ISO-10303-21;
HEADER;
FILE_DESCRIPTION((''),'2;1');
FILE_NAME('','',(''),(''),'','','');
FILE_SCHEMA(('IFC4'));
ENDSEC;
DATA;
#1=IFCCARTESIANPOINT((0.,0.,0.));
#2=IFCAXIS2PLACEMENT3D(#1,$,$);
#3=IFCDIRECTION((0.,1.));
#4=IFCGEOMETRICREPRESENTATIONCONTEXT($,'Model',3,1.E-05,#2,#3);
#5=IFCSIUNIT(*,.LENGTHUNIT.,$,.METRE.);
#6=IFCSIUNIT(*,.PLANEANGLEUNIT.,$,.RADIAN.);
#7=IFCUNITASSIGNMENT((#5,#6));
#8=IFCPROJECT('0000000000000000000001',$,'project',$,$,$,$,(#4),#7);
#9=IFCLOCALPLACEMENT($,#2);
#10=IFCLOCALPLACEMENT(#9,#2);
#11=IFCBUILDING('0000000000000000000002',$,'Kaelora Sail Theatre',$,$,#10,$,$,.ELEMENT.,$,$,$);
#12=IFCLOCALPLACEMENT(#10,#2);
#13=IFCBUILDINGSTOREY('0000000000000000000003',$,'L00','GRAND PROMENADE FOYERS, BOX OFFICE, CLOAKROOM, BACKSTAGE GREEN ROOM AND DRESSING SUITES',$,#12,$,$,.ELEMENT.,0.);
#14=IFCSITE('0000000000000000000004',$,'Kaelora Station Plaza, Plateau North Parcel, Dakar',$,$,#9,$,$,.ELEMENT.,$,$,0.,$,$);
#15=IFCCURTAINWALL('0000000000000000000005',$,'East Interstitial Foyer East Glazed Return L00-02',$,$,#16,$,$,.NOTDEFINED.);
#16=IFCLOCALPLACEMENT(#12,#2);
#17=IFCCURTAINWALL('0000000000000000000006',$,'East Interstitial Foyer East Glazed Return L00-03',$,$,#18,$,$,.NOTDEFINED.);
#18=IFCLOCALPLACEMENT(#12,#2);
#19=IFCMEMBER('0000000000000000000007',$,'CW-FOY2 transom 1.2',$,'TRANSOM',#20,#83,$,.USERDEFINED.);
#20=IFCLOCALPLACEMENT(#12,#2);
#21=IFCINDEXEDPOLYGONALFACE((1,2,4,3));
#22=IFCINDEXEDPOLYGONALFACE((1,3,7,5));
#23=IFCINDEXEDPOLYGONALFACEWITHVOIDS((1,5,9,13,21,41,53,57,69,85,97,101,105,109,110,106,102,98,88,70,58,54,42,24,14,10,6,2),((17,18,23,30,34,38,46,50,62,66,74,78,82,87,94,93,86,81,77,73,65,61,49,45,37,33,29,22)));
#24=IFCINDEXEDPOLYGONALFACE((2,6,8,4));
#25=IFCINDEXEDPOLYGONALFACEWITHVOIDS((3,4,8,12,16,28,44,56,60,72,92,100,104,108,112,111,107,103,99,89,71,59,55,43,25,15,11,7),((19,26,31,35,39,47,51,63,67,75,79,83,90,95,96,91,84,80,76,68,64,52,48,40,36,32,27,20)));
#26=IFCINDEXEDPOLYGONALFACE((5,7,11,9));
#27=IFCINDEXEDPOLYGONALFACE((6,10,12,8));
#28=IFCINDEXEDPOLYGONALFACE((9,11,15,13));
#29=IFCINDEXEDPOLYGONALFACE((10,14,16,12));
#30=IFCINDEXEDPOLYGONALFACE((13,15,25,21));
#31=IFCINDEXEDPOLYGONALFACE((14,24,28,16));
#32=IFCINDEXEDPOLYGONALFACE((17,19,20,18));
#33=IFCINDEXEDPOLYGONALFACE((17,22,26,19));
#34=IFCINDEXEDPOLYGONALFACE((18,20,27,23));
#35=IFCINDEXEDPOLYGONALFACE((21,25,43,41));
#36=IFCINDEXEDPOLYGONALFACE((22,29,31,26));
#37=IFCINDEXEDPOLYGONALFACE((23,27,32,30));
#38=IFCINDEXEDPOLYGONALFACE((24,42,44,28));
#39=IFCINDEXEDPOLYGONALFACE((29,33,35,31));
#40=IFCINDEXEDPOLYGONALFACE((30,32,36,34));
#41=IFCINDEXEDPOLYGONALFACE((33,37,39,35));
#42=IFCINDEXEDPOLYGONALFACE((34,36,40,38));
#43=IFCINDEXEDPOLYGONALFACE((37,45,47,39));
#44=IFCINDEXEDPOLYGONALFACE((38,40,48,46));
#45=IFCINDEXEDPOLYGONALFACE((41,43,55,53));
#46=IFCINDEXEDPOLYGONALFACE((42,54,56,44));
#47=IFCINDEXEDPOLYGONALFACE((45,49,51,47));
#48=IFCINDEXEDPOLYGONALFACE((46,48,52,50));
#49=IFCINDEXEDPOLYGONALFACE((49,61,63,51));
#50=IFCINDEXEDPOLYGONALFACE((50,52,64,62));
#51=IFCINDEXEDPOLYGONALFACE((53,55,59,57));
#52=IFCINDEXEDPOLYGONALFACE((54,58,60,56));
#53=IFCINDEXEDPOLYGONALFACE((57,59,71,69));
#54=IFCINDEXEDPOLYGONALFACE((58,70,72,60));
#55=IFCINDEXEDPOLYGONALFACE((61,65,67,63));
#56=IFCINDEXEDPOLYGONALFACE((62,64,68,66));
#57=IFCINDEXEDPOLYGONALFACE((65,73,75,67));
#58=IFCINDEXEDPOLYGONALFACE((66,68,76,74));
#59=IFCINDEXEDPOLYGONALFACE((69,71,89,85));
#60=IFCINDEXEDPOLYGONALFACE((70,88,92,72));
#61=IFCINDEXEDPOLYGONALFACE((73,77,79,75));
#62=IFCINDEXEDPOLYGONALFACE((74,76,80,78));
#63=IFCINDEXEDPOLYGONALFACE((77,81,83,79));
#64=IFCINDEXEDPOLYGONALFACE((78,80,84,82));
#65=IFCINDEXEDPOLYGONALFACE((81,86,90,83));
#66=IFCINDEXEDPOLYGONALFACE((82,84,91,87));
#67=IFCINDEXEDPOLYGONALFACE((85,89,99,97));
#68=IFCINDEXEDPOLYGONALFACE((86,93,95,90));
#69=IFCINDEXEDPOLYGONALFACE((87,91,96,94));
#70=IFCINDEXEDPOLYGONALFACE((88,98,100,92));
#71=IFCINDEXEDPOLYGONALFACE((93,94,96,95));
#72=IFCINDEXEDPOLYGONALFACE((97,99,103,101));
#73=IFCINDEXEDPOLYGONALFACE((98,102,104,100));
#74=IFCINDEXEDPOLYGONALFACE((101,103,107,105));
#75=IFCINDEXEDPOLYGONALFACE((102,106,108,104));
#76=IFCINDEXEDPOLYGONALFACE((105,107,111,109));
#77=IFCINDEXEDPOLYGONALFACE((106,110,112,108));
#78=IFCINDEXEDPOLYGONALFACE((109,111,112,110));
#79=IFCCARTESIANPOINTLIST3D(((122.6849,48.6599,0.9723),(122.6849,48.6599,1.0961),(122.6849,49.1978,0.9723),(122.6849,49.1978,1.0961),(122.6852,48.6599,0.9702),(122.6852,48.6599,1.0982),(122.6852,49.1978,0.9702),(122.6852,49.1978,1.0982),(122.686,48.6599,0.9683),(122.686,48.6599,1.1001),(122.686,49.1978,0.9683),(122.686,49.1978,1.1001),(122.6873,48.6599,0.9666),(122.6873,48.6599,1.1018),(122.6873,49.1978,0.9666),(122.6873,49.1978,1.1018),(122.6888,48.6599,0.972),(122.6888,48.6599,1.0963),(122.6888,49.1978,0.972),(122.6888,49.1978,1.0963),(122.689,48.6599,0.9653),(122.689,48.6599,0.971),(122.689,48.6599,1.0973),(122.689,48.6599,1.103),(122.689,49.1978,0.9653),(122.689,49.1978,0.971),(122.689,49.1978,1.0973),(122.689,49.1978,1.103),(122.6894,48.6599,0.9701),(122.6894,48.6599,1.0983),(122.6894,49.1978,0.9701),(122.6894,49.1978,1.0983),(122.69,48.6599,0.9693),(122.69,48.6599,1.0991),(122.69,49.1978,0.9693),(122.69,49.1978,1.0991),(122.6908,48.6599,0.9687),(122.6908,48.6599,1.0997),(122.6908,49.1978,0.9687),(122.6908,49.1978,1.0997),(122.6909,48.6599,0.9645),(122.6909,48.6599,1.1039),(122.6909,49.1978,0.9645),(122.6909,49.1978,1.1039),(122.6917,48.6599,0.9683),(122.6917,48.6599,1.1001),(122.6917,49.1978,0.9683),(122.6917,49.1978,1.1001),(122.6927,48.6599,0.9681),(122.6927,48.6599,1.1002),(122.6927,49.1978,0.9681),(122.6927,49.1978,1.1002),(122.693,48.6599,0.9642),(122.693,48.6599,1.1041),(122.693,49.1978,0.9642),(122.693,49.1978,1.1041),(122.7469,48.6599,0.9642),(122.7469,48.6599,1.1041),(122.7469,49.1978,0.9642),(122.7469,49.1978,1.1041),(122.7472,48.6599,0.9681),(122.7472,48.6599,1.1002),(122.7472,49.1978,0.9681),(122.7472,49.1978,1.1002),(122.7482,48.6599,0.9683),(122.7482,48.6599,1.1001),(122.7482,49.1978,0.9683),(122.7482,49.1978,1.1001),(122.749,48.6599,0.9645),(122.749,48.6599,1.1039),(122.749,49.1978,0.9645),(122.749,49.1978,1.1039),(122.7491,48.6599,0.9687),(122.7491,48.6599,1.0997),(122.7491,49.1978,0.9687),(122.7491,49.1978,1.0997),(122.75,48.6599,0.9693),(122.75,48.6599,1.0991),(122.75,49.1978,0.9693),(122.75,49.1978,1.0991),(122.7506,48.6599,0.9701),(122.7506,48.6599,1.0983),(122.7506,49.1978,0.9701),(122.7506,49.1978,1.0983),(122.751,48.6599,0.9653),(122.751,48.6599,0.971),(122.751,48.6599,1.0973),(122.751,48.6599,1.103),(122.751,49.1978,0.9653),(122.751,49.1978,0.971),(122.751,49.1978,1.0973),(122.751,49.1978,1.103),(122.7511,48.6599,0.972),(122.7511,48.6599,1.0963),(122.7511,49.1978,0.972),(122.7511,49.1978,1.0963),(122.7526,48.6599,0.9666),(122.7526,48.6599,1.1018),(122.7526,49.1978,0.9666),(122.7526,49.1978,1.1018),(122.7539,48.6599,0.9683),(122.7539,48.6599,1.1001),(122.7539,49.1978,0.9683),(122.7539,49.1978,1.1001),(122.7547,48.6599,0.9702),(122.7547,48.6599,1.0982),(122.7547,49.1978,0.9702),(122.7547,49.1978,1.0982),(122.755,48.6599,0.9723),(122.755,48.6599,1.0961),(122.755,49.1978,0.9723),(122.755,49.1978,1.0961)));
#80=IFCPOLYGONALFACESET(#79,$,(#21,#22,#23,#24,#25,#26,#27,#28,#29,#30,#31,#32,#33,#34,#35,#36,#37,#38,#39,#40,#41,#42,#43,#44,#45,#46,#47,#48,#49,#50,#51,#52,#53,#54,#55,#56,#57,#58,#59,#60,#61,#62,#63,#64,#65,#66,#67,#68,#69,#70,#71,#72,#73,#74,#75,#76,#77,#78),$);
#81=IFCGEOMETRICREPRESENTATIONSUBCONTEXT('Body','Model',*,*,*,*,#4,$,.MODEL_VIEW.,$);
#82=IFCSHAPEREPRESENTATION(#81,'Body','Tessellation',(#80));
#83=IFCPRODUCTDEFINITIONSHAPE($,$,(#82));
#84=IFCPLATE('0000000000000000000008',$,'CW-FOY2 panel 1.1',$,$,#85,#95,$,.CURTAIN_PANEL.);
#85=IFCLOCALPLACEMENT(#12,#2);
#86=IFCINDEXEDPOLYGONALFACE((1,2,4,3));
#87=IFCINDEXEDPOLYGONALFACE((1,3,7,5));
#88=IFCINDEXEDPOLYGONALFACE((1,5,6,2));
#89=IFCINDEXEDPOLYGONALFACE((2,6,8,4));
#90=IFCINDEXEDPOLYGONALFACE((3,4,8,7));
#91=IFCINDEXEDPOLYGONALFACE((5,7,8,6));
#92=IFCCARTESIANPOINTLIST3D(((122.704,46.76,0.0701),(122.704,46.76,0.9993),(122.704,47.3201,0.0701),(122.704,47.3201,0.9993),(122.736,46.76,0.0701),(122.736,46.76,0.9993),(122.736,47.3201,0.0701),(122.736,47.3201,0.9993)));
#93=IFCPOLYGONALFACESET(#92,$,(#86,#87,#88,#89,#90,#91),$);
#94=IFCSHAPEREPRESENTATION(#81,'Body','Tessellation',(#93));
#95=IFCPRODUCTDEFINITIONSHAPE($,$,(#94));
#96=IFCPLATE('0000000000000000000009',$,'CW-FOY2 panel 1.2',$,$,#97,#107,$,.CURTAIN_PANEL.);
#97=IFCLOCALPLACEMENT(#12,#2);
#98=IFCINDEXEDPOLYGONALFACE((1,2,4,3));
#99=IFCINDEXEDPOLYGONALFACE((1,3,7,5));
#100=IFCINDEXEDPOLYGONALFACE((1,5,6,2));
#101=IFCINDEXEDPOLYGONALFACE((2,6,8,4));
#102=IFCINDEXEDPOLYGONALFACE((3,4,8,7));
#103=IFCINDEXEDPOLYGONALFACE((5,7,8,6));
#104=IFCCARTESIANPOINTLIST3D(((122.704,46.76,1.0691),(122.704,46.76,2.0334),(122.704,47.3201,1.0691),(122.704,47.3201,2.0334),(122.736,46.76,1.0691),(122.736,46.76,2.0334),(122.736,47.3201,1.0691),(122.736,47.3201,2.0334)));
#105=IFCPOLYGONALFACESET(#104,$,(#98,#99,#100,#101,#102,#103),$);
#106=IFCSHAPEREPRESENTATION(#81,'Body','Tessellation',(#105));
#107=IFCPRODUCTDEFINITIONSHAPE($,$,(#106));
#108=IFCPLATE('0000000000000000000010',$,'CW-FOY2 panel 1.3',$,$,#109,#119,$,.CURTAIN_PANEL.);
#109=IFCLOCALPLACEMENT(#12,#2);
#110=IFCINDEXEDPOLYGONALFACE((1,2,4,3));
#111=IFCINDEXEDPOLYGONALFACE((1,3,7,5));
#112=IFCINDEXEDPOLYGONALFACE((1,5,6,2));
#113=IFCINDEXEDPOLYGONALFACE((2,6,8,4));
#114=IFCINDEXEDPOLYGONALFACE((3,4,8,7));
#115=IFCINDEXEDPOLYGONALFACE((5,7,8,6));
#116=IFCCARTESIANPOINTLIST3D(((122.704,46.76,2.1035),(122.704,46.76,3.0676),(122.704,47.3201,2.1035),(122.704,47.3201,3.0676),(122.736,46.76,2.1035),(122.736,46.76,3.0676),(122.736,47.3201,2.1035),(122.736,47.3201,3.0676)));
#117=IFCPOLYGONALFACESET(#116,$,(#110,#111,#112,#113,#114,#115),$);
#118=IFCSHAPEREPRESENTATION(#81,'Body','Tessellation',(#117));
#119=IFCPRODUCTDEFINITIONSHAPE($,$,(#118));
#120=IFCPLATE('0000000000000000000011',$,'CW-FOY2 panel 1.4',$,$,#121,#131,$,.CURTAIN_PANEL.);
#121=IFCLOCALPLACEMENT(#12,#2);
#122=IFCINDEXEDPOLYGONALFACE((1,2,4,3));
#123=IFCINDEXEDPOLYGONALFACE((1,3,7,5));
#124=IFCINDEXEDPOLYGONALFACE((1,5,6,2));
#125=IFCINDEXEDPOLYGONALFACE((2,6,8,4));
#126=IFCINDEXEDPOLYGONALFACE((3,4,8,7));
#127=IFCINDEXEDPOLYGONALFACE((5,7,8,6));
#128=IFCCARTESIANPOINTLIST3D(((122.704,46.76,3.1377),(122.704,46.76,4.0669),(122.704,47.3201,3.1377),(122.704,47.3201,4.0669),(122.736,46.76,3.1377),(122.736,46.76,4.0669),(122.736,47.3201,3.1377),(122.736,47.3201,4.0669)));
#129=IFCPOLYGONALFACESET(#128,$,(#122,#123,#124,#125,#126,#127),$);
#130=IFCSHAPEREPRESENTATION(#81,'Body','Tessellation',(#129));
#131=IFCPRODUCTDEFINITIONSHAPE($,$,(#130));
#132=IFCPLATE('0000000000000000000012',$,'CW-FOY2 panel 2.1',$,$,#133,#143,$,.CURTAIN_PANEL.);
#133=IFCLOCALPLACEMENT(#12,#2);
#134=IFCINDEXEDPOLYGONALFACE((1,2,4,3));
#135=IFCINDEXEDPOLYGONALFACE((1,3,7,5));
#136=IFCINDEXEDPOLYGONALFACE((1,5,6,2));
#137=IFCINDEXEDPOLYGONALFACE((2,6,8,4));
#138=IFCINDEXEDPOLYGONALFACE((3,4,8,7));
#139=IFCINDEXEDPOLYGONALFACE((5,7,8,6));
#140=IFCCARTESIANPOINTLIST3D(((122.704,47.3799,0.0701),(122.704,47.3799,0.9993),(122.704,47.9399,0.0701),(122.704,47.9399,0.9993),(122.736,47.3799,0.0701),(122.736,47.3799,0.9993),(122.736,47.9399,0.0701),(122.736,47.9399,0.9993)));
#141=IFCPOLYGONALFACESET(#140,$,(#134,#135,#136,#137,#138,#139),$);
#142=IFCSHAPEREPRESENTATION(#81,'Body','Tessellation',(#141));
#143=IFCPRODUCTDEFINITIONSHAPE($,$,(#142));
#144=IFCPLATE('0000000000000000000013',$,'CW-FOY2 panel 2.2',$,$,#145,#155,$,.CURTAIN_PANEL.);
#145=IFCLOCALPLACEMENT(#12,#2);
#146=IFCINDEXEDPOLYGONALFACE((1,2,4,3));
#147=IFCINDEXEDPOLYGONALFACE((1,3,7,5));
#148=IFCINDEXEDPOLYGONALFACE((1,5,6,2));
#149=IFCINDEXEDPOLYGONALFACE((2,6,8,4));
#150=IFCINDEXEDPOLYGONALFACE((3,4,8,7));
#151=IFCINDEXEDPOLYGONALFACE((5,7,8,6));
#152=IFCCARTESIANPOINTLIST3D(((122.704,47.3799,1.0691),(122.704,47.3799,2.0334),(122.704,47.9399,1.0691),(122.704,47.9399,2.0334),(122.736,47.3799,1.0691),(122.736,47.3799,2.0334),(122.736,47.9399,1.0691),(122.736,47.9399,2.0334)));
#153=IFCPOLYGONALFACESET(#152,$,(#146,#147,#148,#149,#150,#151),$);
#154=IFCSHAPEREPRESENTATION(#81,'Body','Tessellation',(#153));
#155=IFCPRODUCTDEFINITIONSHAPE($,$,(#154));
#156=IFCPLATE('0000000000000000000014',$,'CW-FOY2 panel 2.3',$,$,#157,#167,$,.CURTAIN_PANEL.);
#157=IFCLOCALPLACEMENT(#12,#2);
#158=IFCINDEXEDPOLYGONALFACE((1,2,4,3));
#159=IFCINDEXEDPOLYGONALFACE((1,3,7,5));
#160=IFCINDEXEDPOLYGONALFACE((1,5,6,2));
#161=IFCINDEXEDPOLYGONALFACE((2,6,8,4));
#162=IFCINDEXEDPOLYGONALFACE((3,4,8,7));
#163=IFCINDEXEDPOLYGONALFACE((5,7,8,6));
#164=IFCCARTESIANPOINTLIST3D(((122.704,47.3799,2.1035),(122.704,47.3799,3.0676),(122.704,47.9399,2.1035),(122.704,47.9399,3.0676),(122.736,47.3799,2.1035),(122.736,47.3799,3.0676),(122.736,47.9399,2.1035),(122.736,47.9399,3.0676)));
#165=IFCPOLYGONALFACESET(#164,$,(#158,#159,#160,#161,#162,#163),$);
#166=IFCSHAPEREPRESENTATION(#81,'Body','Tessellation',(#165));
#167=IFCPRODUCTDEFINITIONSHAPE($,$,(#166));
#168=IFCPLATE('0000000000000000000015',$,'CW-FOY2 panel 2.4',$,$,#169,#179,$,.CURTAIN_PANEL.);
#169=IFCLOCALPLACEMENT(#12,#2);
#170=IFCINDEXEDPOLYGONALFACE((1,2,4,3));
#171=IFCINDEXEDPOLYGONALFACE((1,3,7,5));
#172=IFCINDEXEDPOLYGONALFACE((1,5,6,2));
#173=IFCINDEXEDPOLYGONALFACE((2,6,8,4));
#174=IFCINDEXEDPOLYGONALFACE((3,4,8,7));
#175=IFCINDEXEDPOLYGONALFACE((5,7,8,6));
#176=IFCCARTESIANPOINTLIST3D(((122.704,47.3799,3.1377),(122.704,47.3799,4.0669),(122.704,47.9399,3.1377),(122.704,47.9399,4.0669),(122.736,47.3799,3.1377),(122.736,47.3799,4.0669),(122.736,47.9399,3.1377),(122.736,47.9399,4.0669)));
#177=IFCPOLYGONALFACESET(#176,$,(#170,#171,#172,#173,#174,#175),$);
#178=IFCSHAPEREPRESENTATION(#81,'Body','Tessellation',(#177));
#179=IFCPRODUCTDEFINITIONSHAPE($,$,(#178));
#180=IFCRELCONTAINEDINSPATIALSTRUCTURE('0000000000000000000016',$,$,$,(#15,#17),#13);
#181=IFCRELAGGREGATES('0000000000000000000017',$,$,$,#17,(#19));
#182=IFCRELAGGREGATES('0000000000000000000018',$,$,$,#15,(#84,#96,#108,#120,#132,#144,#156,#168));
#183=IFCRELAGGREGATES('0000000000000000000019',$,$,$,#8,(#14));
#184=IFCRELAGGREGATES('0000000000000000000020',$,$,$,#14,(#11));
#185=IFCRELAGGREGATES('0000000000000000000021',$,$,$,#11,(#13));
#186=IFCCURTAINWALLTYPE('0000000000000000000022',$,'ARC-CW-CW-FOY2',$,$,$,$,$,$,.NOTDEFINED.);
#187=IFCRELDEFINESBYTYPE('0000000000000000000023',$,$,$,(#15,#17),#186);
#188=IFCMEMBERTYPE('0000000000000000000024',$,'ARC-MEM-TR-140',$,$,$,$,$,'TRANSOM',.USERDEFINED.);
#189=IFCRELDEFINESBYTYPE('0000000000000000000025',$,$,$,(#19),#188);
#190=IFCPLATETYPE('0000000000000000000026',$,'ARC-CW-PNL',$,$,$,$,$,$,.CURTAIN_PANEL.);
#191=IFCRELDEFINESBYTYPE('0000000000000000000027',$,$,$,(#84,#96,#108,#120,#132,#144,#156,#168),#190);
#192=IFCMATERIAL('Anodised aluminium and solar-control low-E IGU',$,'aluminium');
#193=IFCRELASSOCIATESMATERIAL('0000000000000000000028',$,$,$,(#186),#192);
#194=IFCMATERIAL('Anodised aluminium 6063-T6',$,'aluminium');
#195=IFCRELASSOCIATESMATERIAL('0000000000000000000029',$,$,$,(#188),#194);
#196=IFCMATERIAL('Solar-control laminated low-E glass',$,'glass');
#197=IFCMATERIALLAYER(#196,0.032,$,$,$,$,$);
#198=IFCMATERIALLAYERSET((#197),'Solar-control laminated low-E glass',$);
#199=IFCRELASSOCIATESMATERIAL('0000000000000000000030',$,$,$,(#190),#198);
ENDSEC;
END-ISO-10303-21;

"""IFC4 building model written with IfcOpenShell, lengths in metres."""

from ifc_helpers import new_model, si_unit, direction, frame, origin, origin_2d, place, context, subcontext, project, spatial, rectangle, hollow_rectangle, extrude, material, layer, layer_set, material_profile, profile_set, type_object, element, aggregate, save


model = new_model("IFC4")

# Units and contexts
model_context = context("Model", 3, precision=1e-05, world=origin(), true_north=direction((0.0, 1.0)))
body_context = subcontext(model_context, "Body", "Model", "MODEL_VIEW")
ifc_project = project(units=[si_unit("LENGTHUNIT", "METRE"), si_unit("PLANEANGLEUNIT", "RADIAN")], contexts=[model_context])

# Site, building, storey
site_placement = place(None, origin())
site = spatial("IfcSite", under=ifc_project, at=site_placement, Name="Kaelora Station Plaza, Plateau North Parcel, Dakar", CompositionType="ELEMENT", RefElevation=0.0)
building_placement = place(site_placement, origin())
building = spatial("IfcBuilding", under=site, at=building_placement, Name="Kaelora Sail Theatre", CompositionType="ELEMENT")
storey_placement = place(building_placement, origin())
storey = spatial("IfcBuildingStorey", under=building, at=storey_placement, Name="L00", Description="GRAND PROMENADE FOYERS, BOX OFFICE, CLOAKROOM, BACKSTAGE GREEN ROOM AND DRESSING SUITES", CompositionType="ELEMENT", Elevation=0.0)

# Curtain wall
ifc_material_1 = material(Name="Anodised aluminium and solar-control low-E IGU", Category="aluminium")
curtain_wall_type = type_object("IfcCurtainWallType", Name="ARC-CW-CW-FOY2", PredefinedType="NOTDEFINED", material=ifc_material_1)
curtain_wall_1_placement = place(storey_placement, origin())
curtain_wall_1 = element("IfcCurtainWall", 1, at=curtain_wall_1_placement, inside=storey, type_object=curtain_wall_type, Name="East Interstitial Foyer East Glazed Return L00-02", PredefinedType="NOTDEFINED")

# Curtain wall
curtain_wall_2_placement = place(storey_placement, origin())
curtain_wall_2 = element("IfcCurtainWall", 2, at=curtain_wall_2_placement, inside=storey, type_object=curtain_wall_type, Name="East Interstitial Foyer East Glazed Return L00-03", PredefinedType="NOTDEFINED")

# Member
ifc_material_2 = material(Name="Anodised aluminium 6063-T6", Category="aluminium")
ifc_material_profile_1 = material_profile(ifc_material_2, hollow_rectangle(XDim=0.0701, YDim=0.1399, WallThickness=0.0039, InnerFilletRadius=0.0039, OuterFilletRadius=0.0081, at=origin_2d()), Name="ALU-TRAN 70x140x4")
ifc_profile_set_1 = profile_set([ifc_material_profile_1], Name="Anodised aluminium 6063-T6")
member_type_1 = type_object("IfcMemberType", Name="ARC-MEM-TR-140", ElementType="TRANSOM", PredefinedType="USERDEFINED", material=ifc_profile_set_1)
member_1_placement = place(storey_placement, frame((122.72, 48.6599, 1.0342), z_axis=(0.0, 1.0, 0.0), x_axis=(-1.0, 0.0, 0.0)))
member_1 = element("IfcMember", 3, at=member_1_placement, type_object=member_type_1, Name="CW-FOY2 transom 1.2", ObjectType="TRANSOM", PredefinedType="USERDEFINED", context=body_context, shape_type="SweptSolid", body=[
    extrude(hollow_rectangle(XDim=0.0701, YDim=0.1399, WallThickness=0.0039, InnerFilletRadius=0.0039, OuterFilletRadius=0.0081, at=origin_2d()), origin(), (0.0, 0.0, 1.0), 0.5378),
])
aggregate(curtain_wall_2, [member_1])

# Plates
ifc_material_3 = material(Name="Solar-control laminated low-E glass", Category="glass")
ifc_layer = layer(ifc_material_3, 0.032)
ifc_layer_set = layer_set([ifc_layer], Name="Solar-control laminated low-E glass")
plate_type = type_object("IfcPlateType", Name="ARC-CW-PNL", PredefinedType="CURTAIN_PANEL", material=ifc_layer_set)
plate_1_placement = place(storey_placement, frame((122.72, 47.04, 0.0701), z_axis=(0.0, 0.0, 1.0), x_axis=(0.0, 1.0, 0.0)))
plate_1 = element("IfcPlate", 4, at=plate_1_placement, type_object=plate_type, Name="CW-FOY2 panel 1.1", PredefinedType="CURTAIN_PANEL", context=body_context, shape_type="SweptSolid", body=[
    extrude(rectangle(XDim=0.5601, YDim=0.032, at=origin_2d()), origin(), (0.0, 0.0, 1.0), 0.9292),
])
plate_2_placement = place(storey_placement, frame((122.72, 47.04, 1.0691), z_axis=(0.0, 0.0, 1.0), x_axis=(0.0, 1.0, 0.0)))
plate_2 = element("IfcPlate", 5, at=plate_2_placement, type_object=plate_type, Name="CW-FOY2 panel 1.2", PredefinedType="CURTAIN_PANEL", context=body_context, shape_type="SweptSolid", body=[
    extrude(rectangle(XDim=0.5601, YDim=0.032, at=origin_2d()), origin(), (0.0, 0.0, 1.0), 0.9644),
])
plate_3_placement = place(storey_placement, frame((122.72, 47.04, 2.1035), z_axis=(0.0, 0.0, 1.0), x_axis=(0.0, 1.0, 0.0)))
plate_3 = element("IfcPlate", 6, at=plate_3_placement, type_object=plate_type, Name="CW-FOY2 panel 1.3", PredefinedType="CURTAIN_PANEL", context=body_context, shape_type="SweptSolid", body=[
    extrude(rectangle(XDim=0.5601, YDim=0.032, at=origin_2d()), origin(), (0.0, 0.0, 1.0), 0.9641),
])
plate_4_placement = place(storey_placement, frame((122.72, 47.04, 3.1377), z_axis=(0.0, 0.0, 1.0), x_axis=(0.0, 1.0, 0.0)))
plate_4 = element("IfcPlate", 7, at=plate_4_placement, type_object=plate_type, Name="CW-FOY2 panel 1.4", PredefinedType="CURTAIN_PANEL", context=body_context, shape_type="SweptSolid", body=[
    extrude(rectangle(XDim=0.5601, YDim=0.032, at=origin_2d()), origin(), (0.0, 0.0, 1.0), 0.9292),
])
plate_5_placement = place(storey_placement, frame((122.72, 47.6599, 0.0701), z_axis=(0.0, 0.0, 1.0), x_axis=(0.0, 1.0, 0.0)))
plate_5 = element("IfcPlate", 8, at=plate_5_placement, type_object=plate_type, Name="CW-FOY2 panel 2.1", PredefinedType="CURTAIN_PANEL", context=body_context, shape_type="SweptSolid", body=[
    extrude(rectangle(XDim=0.5601, YDim=0.032, at=origin_2d()), origin(), (0.0, 0.0, 1.0), 0.9292),
])
plate_6_placement = place(storey_placement, frame((122.72, 47.6599, 1.0691), z_axis=(0.0, 0.0, 1.0), x_axis=(0.0, 1.0, 0.0)))
plate_6 = element("IfcPlate", 9, at=plate_6_placement, type_object=plate_type, Name="CW-FOY2 panel 2.2", PredefinedType="CURTAIN_PANEL", context=body_context, shape_type="SweptSolid", body=[
    extrude(rectangle(XDim=0.5601, YDim=0.032, at=origin_2d()), origin(), (0.0, 0.0, 1.0), 0.9644),
])
plate_7_placement = place(storey_placement, frame((122.72, 47.6599, 2.1035), z_axis=(0.0, 0.0, 1.0), x_axis=(0.0, 1.0, 0.0)))
plate_7 = element("IfcPlate", 10, at=plate_7_placement, type_object=plate_type, Name="CW-FOY2 panel 2.3", PredefinedType="CURTAIN_PANEL", context=body_context, shape_type="SweptSolid", body=[
    extrude(rectangle(XDim=0.5601, YDim=0.032, at=origin_2d()), origin(), (0.0, 0.0, 1.0), 0.9641),
])
plate_8_placement = place(storey_placement, frame((122.72, 47.6599, 3.1377), z_axis=(0.0, 0.0, 1.0), x_axis=(0.0, 1.0, 0.0)))
plate_8 = element("IfcPlate", 11, at=plate_8_placement, type_object=plate_type, Name="CW-FOY2 panel 2.4", PredefinedType="CURTAIN_PANEL", context=body_context, shape_type="SweptSolid", body=[
    extrude(rectangle(XDim=0.5601, YDim=0.032, at=origin_2d()), origin(), (0.0, 0.0, 1.0), 0.9292),
])
aggregate(curtain_wall_1, [plate_1, plate_2, plate_3, plate_4, plate_5, plate_6, plate_7, plate_8])

save(model, "model.ifc")
